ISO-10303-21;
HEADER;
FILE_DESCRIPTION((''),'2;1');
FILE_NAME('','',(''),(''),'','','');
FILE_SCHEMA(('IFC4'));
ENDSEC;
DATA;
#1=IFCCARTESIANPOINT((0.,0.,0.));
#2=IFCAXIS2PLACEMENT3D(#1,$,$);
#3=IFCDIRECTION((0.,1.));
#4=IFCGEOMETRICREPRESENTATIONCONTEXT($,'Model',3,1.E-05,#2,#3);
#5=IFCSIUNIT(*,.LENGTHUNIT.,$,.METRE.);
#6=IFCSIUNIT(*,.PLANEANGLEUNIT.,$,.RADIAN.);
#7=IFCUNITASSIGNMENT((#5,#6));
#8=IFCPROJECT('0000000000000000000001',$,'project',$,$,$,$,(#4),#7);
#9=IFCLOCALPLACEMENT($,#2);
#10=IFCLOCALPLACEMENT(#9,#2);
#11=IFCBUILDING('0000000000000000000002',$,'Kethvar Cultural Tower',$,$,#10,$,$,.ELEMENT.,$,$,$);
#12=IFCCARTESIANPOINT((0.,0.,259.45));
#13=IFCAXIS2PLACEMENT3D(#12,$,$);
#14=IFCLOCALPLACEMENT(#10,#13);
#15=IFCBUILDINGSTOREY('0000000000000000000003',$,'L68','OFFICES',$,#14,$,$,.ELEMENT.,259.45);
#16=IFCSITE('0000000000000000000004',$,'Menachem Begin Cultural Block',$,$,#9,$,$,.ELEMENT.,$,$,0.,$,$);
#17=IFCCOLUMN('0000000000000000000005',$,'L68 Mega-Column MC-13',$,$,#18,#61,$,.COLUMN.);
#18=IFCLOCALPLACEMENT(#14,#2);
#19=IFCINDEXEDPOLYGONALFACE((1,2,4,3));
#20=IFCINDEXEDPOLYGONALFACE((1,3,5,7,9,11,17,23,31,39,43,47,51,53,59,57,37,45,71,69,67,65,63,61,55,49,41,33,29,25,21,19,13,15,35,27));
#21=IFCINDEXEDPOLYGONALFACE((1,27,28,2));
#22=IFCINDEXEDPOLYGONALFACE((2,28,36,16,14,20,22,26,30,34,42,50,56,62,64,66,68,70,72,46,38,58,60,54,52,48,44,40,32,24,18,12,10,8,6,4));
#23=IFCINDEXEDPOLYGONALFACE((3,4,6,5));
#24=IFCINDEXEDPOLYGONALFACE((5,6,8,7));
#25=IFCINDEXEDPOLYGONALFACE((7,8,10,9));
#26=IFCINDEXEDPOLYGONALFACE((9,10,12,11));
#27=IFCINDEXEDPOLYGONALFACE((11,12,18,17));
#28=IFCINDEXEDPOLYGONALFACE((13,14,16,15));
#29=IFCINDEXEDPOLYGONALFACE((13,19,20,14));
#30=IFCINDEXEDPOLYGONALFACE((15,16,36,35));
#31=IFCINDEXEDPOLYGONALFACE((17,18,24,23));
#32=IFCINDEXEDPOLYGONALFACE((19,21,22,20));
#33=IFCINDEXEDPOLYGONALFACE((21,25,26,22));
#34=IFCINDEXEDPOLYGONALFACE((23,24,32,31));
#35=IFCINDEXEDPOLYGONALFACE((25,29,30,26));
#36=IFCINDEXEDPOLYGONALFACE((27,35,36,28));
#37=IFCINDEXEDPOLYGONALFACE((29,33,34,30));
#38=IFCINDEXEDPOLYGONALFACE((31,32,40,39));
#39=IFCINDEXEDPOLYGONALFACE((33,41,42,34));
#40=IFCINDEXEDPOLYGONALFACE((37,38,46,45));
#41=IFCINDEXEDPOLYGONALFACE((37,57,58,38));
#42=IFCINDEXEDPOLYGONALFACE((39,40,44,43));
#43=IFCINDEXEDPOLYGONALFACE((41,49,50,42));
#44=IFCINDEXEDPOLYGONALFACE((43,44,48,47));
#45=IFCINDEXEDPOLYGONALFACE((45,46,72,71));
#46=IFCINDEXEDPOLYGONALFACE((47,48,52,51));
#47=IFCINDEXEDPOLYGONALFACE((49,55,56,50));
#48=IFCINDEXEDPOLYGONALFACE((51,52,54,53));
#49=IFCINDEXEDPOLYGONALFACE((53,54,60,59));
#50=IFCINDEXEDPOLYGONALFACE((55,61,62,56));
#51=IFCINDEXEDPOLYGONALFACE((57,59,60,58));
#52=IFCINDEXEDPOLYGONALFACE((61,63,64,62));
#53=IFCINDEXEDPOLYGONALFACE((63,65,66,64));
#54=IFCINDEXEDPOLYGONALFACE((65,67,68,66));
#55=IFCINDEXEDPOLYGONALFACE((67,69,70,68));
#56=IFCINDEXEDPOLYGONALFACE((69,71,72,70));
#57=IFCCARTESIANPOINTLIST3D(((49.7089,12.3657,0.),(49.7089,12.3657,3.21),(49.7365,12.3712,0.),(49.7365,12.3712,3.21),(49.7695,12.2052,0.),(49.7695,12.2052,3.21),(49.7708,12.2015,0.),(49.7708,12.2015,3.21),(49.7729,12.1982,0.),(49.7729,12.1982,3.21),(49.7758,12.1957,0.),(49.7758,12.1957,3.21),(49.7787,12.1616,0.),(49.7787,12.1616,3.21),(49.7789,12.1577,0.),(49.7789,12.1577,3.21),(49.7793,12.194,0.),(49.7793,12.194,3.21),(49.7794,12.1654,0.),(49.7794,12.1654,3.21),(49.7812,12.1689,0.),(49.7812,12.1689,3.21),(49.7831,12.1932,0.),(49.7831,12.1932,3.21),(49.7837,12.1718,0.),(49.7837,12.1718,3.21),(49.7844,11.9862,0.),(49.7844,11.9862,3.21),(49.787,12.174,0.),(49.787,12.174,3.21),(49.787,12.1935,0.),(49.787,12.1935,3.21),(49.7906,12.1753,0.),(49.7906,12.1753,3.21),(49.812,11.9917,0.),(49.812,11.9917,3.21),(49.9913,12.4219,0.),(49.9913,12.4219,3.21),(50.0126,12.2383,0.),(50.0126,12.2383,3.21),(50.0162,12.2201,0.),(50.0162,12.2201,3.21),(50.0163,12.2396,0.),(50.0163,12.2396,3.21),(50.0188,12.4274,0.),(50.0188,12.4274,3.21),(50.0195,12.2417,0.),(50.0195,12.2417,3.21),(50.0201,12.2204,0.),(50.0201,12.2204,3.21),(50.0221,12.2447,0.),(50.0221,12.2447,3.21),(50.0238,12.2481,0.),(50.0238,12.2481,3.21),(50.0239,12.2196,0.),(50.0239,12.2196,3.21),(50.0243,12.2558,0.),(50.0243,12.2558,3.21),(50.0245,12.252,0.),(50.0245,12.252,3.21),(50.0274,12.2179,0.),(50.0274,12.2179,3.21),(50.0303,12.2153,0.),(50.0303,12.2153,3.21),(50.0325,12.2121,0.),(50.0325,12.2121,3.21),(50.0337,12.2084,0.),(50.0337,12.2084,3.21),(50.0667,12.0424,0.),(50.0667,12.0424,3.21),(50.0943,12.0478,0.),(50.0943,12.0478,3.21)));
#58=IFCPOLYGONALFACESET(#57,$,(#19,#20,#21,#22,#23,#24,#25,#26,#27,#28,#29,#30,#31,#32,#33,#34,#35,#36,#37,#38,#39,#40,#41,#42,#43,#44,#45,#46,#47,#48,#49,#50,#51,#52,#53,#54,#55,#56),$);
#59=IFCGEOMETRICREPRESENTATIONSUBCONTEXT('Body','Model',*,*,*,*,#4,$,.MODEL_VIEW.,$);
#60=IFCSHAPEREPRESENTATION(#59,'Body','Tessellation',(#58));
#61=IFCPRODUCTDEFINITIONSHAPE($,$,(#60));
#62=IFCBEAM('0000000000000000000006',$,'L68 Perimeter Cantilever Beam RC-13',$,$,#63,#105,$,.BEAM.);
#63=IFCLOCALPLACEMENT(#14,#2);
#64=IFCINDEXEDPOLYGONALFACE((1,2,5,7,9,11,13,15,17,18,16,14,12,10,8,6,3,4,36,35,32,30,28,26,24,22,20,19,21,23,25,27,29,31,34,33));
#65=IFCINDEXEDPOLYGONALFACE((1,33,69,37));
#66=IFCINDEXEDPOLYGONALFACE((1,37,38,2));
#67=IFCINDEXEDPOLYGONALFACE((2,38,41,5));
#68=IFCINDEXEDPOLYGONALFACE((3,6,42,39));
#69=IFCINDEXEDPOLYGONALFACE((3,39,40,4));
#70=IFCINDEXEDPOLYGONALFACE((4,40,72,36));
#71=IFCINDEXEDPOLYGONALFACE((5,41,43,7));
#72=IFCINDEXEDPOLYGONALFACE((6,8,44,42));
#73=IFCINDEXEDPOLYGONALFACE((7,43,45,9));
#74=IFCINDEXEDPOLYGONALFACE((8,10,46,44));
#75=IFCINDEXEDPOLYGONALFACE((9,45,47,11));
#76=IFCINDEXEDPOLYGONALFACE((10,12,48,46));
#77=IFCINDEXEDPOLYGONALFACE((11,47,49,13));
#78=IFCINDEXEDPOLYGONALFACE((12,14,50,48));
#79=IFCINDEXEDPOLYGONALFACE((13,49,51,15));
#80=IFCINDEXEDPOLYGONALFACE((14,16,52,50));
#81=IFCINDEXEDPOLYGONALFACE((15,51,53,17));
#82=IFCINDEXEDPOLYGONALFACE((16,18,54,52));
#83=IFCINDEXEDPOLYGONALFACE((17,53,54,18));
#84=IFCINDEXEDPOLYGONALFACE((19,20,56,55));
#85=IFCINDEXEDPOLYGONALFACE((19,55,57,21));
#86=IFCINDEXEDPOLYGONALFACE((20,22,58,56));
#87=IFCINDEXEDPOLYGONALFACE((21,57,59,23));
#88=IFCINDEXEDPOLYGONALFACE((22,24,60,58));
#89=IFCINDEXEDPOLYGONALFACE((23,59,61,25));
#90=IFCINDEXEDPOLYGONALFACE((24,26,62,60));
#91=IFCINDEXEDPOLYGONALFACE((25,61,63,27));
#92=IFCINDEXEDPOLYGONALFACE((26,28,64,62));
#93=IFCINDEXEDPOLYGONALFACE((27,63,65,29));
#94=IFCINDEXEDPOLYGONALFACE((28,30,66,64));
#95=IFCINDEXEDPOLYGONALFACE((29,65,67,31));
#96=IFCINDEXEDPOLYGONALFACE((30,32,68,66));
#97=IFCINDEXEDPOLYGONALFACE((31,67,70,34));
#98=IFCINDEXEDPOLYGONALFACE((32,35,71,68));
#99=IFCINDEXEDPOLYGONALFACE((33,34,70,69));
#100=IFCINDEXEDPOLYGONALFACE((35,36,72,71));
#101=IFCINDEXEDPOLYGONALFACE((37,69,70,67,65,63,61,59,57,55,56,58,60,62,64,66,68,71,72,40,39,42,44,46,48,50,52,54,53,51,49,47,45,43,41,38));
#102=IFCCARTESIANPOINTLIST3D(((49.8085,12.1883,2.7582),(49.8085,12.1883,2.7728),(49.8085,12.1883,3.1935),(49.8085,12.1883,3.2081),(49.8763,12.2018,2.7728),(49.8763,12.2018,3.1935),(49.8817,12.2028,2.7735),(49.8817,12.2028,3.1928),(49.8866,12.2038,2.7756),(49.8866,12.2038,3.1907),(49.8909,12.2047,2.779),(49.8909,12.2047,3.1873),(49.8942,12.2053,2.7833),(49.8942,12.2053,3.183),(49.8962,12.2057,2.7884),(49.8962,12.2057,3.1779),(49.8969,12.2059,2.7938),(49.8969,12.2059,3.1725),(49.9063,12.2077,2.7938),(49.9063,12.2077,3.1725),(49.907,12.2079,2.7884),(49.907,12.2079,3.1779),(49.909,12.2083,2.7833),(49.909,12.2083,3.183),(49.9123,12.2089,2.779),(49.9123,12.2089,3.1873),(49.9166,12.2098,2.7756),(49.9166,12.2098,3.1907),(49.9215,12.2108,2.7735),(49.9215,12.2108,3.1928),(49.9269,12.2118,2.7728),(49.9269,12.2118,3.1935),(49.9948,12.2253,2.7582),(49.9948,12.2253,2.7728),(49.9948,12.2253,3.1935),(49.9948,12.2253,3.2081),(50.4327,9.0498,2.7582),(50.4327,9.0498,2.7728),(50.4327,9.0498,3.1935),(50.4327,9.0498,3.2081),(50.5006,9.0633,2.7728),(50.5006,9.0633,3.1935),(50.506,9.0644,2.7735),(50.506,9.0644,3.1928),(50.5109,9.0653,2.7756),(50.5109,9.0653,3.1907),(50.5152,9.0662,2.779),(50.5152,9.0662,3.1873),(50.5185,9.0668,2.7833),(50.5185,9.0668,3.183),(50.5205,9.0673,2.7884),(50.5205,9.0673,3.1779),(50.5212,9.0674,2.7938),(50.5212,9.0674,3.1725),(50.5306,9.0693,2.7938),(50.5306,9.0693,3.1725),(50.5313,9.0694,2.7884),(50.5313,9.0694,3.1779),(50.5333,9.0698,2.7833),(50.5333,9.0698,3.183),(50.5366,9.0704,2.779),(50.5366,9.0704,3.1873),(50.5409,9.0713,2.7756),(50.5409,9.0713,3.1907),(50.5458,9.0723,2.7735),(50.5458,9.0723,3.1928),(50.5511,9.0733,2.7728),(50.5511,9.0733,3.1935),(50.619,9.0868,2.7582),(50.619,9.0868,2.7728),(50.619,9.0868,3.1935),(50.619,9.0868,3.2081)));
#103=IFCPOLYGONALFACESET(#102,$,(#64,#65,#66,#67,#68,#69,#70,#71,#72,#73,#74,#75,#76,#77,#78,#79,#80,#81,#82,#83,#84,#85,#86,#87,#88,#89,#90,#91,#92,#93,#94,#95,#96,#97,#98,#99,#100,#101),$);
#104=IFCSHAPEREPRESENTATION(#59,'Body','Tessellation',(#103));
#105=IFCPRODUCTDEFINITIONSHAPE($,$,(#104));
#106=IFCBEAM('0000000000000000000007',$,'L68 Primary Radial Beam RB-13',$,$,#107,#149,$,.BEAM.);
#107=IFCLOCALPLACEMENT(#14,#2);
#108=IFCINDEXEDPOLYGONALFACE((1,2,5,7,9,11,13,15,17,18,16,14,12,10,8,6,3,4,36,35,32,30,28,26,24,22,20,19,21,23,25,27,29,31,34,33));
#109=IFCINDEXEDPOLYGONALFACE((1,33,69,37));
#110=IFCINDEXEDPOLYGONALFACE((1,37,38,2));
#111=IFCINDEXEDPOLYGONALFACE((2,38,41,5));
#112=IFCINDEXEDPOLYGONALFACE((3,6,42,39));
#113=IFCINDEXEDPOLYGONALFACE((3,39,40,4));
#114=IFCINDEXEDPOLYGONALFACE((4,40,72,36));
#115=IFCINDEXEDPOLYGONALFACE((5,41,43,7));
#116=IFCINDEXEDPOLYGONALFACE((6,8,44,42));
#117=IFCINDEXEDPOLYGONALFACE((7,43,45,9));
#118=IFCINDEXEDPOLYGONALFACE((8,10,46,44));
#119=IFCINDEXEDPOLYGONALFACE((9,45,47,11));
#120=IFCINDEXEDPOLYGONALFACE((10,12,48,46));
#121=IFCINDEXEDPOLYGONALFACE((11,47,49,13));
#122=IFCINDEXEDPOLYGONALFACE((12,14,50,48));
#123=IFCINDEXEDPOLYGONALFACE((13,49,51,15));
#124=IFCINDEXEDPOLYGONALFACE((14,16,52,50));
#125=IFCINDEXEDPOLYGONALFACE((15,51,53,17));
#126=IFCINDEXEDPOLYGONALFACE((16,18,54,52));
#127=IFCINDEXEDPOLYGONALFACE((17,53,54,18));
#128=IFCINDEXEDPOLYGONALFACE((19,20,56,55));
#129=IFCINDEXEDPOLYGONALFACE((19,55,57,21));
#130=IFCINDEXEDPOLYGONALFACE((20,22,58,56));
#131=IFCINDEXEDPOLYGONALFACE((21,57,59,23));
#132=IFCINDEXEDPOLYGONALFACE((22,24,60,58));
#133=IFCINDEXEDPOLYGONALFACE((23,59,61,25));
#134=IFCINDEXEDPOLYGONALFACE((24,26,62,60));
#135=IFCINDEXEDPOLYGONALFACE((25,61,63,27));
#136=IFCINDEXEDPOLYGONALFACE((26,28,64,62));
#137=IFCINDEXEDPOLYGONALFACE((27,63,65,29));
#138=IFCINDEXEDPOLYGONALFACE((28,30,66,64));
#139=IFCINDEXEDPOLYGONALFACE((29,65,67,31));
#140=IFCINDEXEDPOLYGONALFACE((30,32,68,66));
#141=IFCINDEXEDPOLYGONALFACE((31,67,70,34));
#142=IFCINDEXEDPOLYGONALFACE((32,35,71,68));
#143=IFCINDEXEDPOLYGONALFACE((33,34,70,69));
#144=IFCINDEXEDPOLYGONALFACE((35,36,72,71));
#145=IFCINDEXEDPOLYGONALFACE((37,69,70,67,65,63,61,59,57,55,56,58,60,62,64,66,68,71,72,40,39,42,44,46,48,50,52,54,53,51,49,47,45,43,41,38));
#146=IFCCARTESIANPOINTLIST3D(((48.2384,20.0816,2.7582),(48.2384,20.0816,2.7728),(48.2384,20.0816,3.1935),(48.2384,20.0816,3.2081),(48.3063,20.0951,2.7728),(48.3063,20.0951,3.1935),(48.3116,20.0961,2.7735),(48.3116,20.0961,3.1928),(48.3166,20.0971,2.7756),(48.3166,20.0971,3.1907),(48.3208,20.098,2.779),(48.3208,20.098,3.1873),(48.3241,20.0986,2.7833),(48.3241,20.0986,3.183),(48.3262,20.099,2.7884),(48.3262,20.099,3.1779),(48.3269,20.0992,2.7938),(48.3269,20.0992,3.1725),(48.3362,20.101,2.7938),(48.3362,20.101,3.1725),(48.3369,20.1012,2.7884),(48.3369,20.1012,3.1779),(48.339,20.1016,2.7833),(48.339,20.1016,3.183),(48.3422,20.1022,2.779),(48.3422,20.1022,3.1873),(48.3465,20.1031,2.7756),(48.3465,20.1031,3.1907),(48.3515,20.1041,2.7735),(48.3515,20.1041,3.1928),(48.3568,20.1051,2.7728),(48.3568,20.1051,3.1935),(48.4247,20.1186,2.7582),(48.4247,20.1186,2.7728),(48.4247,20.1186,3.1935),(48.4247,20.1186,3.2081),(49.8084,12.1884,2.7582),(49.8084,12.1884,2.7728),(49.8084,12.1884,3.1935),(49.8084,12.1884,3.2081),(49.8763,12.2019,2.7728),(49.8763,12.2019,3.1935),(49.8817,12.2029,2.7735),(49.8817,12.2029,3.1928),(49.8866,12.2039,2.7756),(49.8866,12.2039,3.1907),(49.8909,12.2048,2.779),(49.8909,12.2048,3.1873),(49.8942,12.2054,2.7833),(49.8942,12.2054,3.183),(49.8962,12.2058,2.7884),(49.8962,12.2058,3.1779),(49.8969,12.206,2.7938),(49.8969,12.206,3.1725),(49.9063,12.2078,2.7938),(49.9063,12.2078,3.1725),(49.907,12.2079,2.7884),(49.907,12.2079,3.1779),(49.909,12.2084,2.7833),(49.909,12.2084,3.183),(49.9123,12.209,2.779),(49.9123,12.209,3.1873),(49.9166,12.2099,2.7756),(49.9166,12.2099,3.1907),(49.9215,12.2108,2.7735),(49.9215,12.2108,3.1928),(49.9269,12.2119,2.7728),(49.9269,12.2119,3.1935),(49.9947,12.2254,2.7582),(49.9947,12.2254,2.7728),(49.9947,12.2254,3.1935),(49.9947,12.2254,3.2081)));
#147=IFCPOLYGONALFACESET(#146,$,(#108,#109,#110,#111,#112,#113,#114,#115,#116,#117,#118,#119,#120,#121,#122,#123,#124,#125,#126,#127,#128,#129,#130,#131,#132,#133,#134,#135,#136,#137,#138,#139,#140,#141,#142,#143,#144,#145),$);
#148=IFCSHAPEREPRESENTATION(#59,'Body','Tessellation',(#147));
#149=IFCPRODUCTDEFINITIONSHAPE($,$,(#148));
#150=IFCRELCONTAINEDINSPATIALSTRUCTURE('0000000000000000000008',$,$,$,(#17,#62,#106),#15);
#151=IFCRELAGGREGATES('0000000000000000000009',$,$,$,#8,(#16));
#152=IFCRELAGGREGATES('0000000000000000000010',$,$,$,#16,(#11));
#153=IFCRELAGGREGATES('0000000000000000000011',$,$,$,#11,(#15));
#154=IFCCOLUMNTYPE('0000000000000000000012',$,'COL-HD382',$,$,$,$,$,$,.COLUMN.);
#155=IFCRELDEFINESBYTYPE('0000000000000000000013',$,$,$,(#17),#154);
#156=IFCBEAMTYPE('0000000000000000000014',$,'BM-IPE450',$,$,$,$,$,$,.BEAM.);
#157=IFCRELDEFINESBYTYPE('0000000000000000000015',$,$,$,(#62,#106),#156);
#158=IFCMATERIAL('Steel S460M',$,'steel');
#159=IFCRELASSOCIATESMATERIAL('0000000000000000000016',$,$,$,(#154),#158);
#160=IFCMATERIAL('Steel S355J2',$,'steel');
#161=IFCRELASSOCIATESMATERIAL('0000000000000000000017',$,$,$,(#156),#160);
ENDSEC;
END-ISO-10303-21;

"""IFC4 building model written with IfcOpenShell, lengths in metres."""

from ifc_helpers import new_model, si_unit, direction, frame, origin, origin_2d, place, context, subcontext, project, spatial, i_section, extrude, source, transform, mapped, material, material_profile, profile_set, type_object, element, save


model = new_model("IFC4")

# Units and contexts
model_context = context("Model", 3, precision=1e-05, world=origin(), true_north=direction((0.0, 1.0)))
body_context = subcontext(model_context, "Body", "Model", "MODEL_VIEW")
ifc_project = project(units=[si_unit("LENGTHUNIT", "METRE"), si_unit("PLANEANGLEUNIT", "RADIAN")], contexts=[model_context])

# Site, building, storey
site_placement = place(None, origin())
site = spatial("IfcSite", under=ifc_project, at=site_placement, Name="Menachem Begin Cultural Block", CompositionType="ELEMENT", RefElevation=0.0)
building_placement = place(site_placement, origin())
building = spatial("IfcBuilding", under=site, at=building_placement, Name="Kethvar Cultural Tower", CompositionType="ELEMENT")
storey_placement = place(building_placement, frame((0.0, 0.0, 259.45)))
storey = spatial("IfcBuildingStorey", under=building, at=storey_placement, Name="L68", Description="OFFICES", CompositionType="ELEMENT", Elevation=259.45)

# Column
ifc_material_1 = material(Name="Steel S460M", Category="steel")
ifc_material_profile_1 = material_profile(ifc_material_1, i_section(OverallWidth=0.387, OverallDepth=0.3159, WebThickness=0.0186, FlangeThickness=0.0281, FilletRadius=0.0149, at=origin_2d()), Name="Steel S460M — HD400x382")
ifc_profile_set_1 = profile_set([ifc_material_profile_1], Name="Steel S460M — HD400x382")
column_type = type_object("IfcColumnType", Name="COL-HD382", PredefinedType="COLUMN", material=ifc_profile_set_1)
shared_shape_1 = source(origin(), body_context, "Body", "SweptSolid", [
    extrude(i_section(OverallWidth=0.387, OverallDepth=0.3159, WebThickness=0.0186, FlangeThickness=0.0281, FilletRadius=0.0149, at=origin_2d()), origin(), (0.0, 0.0, 1.0), 3.21),
])
column_placement = place(storey_placement, frame((49.9016, 12.2068, 0.0), z_axis=(0.0, 0.0, 1.0), x_axis=(0.19509, -0.980785, 0.0)))
element("IfcColumn", 1, at=column_placement, inside=storey, type_object=column_type, Name="L68 Mega-Column MC-13", PredefinedType="COLUMN", context=body_context, shape_type="MappedRepresentation", body=[
    mapped(shared_shape_1, transform((0.0, 0.0, 0.0), scale=1.0)),
])

# Beams
ifc_material_2 = material(Name="Steel S355J2", Category="steel")
ifc_material_profile_2 = material_profile(ifc_material_2, i_section(OverallWidth=0.1899, OverallDepth=0.45, WebThickness=0.0095, FlangeThickness=0.0146, FilletRadius=0.021, at=origin_2d()), Name="Steel S355J2 — IPE450")
ifc_profile_set_2 = profile_set([ifc_material_profile_2], Name="Steel S355J2 — IPE450")
beam_type_1 = type_object("IfcBeamType", Name="BM-IPE450", PredefinedType="BEAM", material=ifc_profile_set_2)
shared_shape_2 = source(origin(), body_context, "Body", "SweptSolid", [
    extrude(i_section(OverallWidth=0.1899, OverallDepth=0.45, WebThickness=0.0095, FlangeThickness=0.0146, FilletRadius=0.021, at=origin_2d()), origin(), (0.0, 0.0, 1.0), 3.2),
])
beam_1_placement = place(storey_placement, frame((49.9016, 12.2068, 2.9832), z_axis=(0.195089, -0.980786, 0.0), x_axis=(0.980786, 0.195089, 0.0)))
element("IfcBeam", 2, at=beam_1_placement, inside=storey, type_object=beam_type_1, Name="L68 Perimeter Cantilever Beam RC-13", PredefinedType="BEAM", context=body_context, shape_type="MappedRepresentation", body=[
    mapped(shared_shape_2, transform((0.0, 0.0, 0.0), scale=1.0)),
])
shared_shape_3 = source(origin(), body_context, "Body", "SweptSolid", [
    extrude(i_section(OverallWidth=0.1899, OverallDepth=0.45, WebThickness=0.0095, FlangeThickness=0.0146, FilletRadius=0.021, at=origin_2d()), origin(), (0.0, 0.0, 1.0), 8.0479),
])
beam_2_placement = place(storey_placement, frame((48.3315, 20.1001, 2.9832), z_axis=(0.195089, -0.980785, 0.0), x_axis=(0.980785, 0.195089, 0.0)))
element("IfcBeam", 3, at=beam_2_placement, inside=storey, type_object=beam_type_1, Name="L68 Primary Radial Beam RB-13", PredefinedType="BEAM", context=body_context, shape_type="MappedRepresentation", body=[
    mapped(shared_shape_3, transform((0.0, 0.0, 0.0), scale=1.0)),
])

save(model, "model.ifc")
